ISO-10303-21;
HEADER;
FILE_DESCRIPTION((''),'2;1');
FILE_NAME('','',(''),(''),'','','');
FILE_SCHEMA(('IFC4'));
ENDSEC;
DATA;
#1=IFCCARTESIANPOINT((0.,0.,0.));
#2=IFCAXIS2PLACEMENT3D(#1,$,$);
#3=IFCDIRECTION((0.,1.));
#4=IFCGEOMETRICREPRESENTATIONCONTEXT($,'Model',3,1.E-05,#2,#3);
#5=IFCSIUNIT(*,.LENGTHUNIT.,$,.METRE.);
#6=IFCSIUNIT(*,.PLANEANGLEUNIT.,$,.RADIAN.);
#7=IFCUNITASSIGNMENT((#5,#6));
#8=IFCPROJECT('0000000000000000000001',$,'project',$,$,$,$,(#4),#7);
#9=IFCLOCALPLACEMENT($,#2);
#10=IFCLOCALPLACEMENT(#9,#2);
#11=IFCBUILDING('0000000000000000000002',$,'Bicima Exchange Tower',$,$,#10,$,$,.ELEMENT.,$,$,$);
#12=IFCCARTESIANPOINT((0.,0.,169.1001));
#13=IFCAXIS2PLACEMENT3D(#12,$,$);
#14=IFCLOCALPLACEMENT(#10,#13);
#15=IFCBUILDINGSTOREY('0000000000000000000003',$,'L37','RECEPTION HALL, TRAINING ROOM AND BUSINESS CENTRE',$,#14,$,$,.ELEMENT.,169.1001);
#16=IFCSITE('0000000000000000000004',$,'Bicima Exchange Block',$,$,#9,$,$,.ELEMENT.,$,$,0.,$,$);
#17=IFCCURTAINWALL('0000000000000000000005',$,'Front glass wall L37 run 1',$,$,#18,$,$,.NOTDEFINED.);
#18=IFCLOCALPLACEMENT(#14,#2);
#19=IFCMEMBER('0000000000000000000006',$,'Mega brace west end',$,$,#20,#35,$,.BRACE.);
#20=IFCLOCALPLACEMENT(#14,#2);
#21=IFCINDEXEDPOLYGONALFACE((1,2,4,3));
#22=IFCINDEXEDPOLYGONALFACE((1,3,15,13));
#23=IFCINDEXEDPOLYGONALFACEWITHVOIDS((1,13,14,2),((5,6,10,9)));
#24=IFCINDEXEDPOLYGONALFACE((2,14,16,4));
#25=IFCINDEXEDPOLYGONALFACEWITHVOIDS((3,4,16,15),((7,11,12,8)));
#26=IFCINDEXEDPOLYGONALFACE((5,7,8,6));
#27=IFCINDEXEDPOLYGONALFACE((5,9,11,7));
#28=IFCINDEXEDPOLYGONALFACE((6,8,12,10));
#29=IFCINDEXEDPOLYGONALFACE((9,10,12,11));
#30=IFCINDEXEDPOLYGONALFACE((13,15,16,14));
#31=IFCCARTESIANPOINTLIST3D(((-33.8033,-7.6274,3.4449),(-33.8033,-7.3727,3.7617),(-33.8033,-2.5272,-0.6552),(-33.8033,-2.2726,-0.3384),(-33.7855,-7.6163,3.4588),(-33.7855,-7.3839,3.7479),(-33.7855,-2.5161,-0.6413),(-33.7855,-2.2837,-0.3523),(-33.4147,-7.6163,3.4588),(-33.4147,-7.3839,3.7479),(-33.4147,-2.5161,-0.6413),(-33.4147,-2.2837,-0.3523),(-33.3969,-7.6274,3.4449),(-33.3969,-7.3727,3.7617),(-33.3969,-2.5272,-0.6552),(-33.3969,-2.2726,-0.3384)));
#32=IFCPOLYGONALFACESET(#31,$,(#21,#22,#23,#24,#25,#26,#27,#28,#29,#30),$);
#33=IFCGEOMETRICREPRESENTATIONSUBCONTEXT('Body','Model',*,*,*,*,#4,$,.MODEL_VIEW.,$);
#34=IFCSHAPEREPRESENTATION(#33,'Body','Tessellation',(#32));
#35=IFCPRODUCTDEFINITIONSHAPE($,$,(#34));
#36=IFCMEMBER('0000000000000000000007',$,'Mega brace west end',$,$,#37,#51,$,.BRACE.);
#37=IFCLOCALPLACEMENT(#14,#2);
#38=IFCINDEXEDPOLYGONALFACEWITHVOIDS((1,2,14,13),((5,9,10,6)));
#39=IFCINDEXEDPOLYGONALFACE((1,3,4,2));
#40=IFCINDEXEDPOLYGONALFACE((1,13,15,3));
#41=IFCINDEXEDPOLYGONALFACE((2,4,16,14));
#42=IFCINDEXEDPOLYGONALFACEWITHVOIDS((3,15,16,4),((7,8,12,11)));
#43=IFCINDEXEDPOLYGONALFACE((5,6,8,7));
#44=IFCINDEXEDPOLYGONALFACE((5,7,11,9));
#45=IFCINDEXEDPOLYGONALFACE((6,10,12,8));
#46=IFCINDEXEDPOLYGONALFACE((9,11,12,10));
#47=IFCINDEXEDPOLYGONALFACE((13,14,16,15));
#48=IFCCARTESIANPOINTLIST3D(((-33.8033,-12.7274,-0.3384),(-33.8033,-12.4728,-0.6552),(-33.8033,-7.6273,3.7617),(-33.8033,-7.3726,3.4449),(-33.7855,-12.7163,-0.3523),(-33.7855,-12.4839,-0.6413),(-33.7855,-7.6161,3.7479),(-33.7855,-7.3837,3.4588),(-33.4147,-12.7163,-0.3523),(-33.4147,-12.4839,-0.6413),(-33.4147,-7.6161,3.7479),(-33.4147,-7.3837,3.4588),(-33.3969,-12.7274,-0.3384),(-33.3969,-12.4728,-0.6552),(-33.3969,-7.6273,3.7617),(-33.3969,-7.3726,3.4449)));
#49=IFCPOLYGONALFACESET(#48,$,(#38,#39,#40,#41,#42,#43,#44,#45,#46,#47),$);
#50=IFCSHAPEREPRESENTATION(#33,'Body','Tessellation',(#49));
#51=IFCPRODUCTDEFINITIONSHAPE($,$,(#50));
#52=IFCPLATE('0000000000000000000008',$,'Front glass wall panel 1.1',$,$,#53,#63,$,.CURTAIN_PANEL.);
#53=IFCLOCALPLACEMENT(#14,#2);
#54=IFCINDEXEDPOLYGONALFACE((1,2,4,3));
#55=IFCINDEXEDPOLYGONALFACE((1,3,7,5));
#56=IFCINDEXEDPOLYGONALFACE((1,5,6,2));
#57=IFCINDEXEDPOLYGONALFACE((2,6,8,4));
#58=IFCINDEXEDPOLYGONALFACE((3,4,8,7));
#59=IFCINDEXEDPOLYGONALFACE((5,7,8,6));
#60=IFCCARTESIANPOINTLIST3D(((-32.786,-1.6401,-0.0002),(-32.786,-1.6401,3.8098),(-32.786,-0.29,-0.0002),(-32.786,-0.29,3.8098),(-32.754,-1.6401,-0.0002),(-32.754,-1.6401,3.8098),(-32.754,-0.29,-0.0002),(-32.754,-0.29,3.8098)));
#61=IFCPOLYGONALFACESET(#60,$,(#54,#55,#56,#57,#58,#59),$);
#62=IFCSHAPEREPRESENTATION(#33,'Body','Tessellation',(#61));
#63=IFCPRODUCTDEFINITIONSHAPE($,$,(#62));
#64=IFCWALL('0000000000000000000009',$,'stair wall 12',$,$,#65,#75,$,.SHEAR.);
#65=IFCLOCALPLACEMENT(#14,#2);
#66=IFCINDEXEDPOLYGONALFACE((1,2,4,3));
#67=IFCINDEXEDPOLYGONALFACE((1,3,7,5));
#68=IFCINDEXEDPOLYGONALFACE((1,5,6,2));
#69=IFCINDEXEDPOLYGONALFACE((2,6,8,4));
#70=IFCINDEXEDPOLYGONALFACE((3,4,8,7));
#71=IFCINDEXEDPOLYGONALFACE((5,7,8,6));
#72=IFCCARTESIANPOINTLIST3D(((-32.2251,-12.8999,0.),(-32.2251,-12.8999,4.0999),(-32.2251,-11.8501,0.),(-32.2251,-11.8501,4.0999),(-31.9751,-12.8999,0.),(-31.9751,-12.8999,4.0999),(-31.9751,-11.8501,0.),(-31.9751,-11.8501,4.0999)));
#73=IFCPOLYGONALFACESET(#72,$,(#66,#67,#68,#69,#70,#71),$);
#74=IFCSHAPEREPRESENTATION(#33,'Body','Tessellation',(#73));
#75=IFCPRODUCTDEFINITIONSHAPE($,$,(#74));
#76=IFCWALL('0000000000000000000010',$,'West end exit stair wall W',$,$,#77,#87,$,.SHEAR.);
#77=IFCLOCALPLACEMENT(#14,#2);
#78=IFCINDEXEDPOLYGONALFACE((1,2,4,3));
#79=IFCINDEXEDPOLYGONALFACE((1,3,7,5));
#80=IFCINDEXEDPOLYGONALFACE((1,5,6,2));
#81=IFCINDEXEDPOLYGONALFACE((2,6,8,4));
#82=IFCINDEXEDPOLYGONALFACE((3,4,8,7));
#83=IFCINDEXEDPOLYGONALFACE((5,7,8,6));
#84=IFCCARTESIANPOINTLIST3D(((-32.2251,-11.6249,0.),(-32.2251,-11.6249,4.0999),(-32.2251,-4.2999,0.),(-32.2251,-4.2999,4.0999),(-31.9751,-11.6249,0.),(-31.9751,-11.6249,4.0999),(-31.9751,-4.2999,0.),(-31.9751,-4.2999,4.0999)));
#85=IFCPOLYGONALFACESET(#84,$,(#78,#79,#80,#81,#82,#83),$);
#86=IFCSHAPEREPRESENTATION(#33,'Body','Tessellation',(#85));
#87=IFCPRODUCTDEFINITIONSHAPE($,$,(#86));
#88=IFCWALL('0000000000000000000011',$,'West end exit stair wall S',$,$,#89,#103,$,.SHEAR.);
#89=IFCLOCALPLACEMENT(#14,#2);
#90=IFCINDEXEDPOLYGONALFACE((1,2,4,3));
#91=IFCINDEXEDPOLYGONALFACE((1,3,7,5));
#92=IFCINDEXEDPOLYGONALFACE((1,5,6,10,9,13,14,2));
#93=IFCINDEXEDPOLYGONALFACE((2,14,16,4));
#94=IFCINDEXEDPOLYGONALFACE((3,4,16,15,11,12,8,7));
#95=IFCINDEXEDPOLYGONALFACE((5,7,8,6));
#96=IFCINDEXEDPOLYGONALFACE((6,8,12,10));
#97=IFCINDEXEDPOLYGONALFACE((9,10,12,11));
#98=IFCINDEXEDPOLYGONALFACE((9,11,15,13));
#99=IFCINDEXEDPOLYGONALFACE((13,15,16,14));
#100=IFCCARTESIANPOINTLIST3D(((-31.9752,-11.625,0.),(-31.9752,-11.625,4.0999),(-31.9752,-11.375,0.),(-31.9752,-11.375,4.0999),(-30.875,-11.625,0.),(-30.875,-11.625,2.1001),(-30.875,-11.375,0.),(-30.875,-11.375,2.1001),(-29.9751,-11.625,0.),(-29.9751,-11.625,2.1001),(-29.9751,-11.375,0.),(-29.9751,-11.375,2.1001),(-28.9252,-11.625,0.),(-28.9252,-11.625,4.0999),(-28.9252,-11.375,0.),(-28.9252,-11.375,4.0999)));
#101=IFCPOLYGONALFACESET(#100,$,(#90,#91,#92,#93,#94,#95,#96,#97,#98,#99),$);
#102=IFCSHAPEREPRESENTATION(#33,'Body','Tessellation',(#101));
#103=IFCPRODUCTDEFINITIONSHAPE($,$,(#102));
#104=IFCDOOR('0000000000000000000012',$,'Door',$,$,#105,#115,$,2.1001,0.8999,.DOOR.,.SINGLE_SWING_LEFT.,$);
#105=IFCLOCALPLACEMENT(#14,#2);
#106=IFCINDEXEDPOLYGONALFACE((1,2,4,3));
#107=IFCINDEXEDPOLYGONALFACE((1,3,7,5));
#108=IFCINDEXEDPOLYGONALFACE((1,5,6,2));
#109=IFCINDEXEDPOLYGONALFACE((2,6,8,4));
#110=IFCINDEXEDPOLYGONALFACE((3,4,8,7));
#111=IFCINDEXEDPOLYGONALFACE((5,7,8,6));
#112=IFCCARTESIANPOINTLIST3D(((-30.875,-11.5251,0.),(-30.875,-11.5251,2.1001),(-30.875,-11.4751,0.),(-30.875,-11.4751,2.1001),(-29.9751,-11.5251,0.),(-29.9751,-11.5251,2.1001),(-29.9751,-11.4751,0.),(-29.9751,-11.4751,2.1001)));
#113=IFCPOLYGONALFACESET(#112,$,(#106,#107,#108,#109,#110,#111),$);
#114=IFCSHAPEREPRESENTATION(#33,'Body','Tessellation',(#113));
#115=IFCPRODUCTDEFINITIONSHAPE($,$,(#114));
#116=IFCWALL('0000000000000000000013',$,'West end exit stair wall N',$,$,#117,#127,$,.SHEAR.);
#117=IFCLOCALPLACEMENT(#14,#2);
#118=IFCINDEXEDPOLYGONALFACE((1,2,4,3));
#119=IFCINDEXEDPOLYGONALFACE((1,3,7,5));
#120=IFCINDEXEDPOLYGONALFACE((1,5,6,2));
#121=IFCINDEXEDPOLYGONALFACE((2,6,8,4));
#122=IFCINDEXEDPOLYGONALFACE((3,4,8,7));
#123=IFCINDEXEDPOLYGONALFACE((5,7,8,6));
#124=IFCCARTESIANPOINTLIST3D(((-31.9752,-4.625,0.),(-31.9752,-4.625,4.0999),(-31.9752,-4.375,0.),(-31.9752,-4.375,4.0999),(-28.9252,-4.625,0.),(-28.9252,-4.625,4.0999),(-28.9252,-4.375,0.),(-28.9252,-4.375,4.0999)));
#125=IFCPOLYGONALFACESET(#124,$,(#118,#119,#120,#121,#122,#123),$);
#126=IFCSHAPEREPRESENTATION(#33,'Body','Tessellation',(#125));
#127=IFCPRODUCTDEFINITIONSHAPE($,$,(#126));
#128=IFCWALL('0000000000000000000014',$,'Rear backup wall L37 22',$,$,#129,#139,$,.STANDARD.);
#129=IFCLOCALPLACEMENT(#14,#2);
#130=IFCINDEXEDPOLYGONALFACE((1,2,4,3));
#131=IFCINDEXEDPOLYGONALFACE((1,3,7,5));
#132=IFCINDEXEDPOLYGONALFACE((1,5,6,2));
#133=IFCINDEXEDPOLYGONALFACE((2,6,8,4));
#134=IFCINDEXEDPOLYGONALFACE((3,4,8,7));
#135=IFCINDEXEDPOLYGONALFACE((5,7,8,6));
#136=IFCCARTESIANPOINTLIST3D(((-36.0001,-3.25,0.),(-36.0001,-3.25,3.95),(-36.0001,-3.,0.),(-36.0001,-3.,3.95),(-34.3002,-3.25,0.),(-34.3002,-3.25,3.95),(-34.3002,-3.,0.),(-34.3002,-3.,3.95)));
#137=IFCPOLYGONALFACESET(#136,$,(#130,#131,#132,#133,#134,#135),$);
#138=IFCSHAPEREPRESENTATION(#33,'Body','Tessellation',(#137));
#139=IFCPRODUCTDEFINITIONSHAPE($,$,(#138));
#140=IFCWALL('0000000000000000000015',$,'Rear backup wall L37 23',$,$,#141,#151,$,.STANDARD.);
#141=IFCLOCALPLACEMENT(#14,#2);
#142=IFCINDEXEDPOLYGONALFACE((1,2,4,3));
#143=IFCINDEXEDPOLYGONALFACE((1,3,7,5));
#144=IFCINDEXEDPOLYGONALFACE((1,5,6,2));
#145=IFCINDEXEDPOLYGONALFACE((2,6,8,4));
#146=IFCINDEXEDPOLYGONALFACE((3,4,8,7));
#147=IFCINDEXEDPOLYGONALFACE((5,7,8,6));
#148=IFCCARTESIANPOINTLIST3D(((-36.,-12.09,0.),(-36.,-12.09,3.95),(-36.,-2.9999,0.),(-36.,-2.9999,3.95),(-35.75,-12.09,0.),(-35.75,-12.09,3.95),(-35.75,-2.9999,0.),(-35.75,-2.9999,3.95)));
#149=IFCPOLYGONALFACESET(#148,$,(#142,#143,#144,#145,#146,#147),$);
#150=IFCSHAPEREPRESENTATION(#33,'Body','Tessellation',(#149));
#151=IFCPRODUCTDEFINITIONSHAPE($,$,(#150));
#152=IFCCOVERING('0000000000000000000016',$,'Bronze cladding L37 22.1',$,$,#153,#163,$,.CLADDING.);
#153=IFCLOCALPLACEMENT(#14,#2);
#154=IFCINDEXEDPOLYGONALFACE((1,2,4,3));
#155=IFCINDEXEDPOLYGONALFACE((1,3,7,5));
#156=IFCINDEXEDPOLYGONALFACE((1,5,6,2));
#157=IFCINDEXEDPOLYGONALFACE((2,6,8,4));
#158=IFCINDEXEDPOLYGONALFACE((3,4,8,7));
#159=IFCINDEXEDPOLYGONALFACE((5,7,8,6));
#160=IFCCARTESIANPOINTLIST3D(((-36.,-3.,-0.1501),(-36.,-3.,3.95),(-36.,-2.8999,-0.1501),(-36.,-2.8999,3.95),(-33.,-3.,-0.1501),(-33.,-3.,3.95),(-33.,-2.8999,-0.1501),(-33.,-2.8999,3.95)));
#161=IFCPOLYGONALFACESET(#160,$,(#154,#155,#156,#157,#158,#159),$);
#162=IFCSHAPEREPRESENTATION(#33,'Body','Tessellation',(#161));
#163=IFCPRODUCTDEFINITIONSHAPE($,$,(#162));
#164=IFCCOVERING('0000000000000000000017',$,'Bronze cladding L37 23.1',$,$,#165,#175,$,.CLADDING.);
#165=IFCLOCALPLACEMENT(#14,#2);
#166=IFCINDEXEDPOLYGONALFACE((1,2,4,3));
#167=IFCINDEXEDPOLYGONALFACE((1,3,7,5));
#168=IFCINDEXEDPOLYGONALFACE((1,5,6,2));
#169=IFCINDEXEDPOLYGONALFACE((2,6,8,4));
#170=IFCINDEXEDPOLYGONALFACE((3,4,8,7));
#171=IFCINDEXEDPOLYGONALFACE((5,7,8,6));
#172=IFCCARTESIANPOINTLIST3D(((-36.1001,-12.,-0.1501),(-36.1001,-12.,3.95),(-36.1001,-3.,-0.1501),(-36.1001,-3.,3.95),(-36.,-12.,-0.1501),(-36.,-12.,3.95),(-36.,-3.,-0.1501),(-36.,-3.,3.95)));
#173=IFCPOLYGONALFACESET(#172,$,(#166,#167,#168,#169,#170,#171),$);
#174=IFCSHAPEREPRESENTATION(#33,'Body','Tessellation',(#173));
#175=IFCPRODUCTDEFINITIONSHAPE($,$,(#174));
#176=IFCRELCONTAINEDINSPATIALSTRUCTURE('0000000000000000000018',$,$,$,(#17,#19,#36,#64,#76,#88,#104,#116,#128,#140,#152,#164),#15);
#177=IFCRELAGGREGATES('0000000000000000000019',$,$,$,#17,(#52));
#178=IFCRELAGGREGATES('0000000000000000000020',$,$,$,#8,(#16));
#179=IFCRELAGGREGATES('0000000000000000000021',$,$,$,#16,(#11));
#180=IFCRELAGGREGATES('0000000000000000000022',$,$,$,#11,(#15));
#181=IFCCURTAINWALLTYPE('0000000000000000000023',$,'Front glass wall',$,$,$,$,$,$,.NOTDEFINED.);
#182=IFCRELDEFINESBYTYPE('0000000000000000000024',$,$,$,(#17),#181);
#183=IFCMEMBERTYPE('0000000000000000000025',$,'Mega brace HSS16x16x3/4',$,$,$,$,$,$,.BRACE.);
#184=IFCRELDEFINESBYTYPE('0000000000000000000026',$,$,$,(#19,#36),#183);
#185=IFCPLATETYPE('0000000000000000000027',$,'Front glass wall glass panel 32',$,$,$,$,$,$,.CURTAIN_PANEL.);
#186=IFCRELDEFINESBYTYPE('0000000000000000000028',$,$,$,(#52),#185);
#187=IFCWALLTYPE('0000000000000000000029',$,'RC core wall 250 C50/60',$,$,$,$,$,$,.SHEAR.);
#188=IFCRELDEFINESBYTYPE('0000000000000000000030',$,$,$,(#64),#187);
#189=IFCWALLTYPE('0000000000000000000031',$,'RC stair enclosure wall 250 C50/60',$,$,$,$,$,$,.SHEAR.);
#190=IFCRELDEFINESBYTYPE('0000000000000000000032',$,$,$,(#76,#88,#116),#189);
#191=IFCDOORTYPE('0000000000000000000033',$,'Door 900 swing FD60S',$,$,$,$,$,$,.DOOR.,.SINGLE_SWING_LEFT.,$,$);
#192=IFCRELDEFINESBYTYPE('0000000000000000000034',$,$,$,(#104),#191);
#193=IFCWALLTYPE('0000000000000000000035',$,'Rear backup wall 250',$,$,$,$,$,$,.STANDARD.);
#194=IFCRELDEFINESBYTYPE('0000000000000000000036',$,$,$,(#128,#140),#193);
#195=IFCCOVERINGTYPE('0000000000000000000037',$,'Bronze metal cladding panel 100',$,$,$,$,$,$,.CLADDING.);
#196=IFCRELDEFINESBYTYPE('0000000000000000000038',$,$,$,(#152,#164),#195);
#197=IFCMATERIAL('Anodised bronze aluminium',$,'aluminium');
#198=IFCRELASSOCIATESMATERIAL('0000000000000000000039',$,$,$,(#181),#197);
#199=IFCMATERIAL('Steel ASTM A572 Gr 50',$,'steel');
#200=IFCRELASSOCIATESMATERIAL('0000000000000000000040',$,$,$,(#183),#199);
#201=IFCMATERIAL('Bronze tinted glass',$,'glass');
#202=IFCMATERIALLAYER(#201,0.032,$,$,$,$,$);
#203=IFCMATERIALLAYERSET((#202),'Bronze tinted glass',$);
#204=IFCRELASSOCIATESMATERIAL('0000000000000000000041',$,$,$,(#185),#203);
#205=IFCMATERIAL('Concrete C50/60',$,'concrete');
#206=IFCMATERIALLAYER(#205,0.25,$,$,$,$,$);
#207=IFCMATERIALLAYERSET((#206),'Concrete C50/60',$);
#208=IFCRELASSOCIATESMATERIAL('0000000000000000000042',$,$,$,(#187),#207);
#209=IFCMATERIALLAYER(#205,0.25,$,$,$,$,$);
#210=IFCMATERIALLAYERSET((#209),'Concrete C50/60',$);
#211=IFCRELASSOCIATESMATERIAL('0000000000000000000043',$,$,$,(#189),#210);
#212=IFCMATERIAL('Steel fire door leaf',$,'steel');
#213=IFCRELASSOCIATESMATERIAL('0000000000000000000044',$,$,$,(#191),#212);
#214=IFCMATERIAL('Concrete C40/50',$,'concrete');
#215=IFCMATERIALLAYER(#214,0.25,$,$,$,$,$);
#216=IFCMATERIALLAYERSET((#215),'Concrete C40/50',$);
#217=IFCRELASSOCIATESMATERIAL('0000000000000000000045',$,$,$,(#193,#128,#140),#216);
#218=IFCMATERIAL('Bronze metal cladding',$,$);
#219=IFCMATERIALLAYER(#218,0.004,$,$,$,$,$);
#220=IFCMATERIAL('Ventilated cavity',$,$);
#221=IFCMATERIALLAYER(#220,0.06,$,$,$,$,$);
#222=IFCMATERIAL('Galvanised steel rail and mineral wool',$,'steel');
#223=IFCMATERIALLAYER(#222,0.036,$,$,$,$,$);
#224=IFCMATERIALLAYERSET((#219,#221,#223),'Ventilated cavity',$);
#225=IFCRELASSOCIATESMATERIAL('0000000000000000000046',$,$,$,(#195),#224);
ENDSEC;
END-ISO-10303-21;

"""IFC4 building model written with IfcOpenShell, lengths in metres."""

from ifc_helpers import new_model, si_unit, direction, frame, frame_2d, origin, origin_2d, place, context, subcontext, project, spatial, rectangle, hollow_rectangle, extrude, material, layer, layer_set, layer_usage, material_profile, profile_set, type_object, element, fill, aggregate, save


model = new_model("IFC4")

# Units and contexts
model_context = context("Model", 3, precision=1e-05, world=origin(), true_north=direction((0.0, 1.0)))
body_context = subcontext(model_context, "Body", "Model", "MODEL_VIEW")
ifc_project = project(units=[si_unit("LENGTHUNIT", "METRE"), si_unit("PLANEANGLEUNIT", "RADIAN")], contexts=[model_context])

# Site, building, storey
site_placement = place(None, origin())
site = spatial("IfcSite", under=ifc_project, at=site_placement, Name="Bicima Exchange Block", CompositionType="ELEMENT", RefElevation=0.0)
building_placement = place(site_placement, origin())
building = spatial("IfcBuilding", under=site, at=building_placement, Name="Bicima Exchange Tower", CompositionType="ELEMENT")
storey_placement = place(building_placement, frame((0.0, 0.0, 169.1001)))
storey = spatial("IfcBuildingStorey", under=building, at=storey_placement, Name="L37", Description="RECEPTION HALL, TRAINING ROOM AND BUSINESS CENTRE", CompositionType="ELEMENT", Elevation=169.1001)

# Shared definitions
ifc_material_1 = material(Name="Steel ASTM A572 Gr 50", Category="steel")

# Shared definitions
ifc_material_2 = material(Name="Anodised bronze aluminium", Category="aluminium")

# Curtain wall
curtain_wall_type_1 = type_object("IfcCurtainWallType", Name="Front glass wall", PredefinedType="NOTDEFINED", material=ifc_material_2)
curtain_wall_1_placement = place(storey_placement, origin())
curtain_wall_1 = element("IfcCurtainWall", 1, at=curtain_wall_1_placement, inside=storey, type_object=curtain_wall_type_1, Name="Front glass wall L37 run 1", PredefinedType="NOTDEFINED")

# Members
ifc_material_profile_1 = material_profile(ifc_material_1, hollow_rectangle(XDim=0.4065, YDim=0.4065, WallThickness=0.0178, at=origin_2d()))
ifc_profile_set_1 = profile_set([ifc_material_profile_1], Name="Steel ASTM A572 Gr 50")
member_type_1 = type_object("IfcMemberType", Name="Mega brace HSS16x16x3/4", PredefinedType="BRACE", material=ifc_profile_set_1)
for number, where, z_axis, x_axis, name in (
    (2, (-33.6001, -2.3999, -0.4968), (0.0, -0.779374, 0.626559), (1.0, 0.0, 0.0), "Mega brace west end"),
    (3, (-33.6001, -12.6001, -0.4968), (0.0, 0.779374, 0.626559), (-1.0, 0.0, 0.0), "Mega brace west end"),
):
    element("IfcMember", number, at=place(storey_placement, frame(where, z_axis=z_axis, x_axis=x_axis)), inside=storey, type_object=member_type_1, Name=name, PredefinedType="BRACE", context=body_context, shape_type="SweptSolid", body=[
        extrude(hollow_rectangle(XDim=0.4065, YDim=0.4065, WallThickness=0.0178, at=origin_2d()), origin(), (0.0, 0.0, 1.0), 6.5439),
    ])

# Plate
ifc_material_3 = material(Name="Bronze tinted glass", Category="glass")
ifc_layer_1 = layer(ifc_material_3, 0.032)
ifc_layer_set_1 = layer_set([ifc_layer_1], Name="Bronze tinted glass")
plate_type = type_object("IfcPlateType", Name="Front glass wall glass panel 32", PredefinedType="CURTAIN_PANEL", material=ifc_layer_set_1)
plate_placement = place(storey_placement, frame((-32.77, -0.9651, -0.0002), z_axis=(0.0, 0.0, 1.0), x_axis=(0.0, -1.0, 0.0)))
plate = element("IfcPlate", 4, at=plate_placement, type_object=plate_type, Name="Front glass wall panel 1.1", PredefinedType="CURTAIN_PANEL", context=body_context, shape_type="SweptSolid", body=[
    extrude(rectangle(XDim=1.3501, YDim=0.032, at=origin_2d()), origin(), (0.0, 0.0, 1.0), 3.8101),
])
aggregate(curtain_wall_1, [plate])

# Walls
ifc_material_4 = material(Name="Concrete C50/60", Category="concrete")
ifc_layer_2 = layer(ifc_material_4, 0.25)
ifc_layer_set_2 = layer_set([ifc_layer_2], Name="Concrete C50/60")
wall_type_1 = type_object("IfcWallType", Name="RC core wall 250 C50/60", PredefinedType="SHEAR", material=ifc_layer_set_2)
wall_1_placement = place(storey_placement, frame((-32.1001, -12.8999, 0.0), z_axis=(0.0, 0.0, 1.0), x_axis=(0.0, 1.0, 0.0)))
element("IfcWall", 5, at=wall_1_placement, inside=storey, type_object=wall_type_1, Name="stair wall 12", PredefinedType="SHEAR", context=body_context, shape_type="SweptSolid", body=[
    extrude(rectangle(XDim=1.0498, YDim=0.25, at=frame_2d((0.5249, 0.0))), origin(), (0.0, 0.0, 1.0), 4.0999),
])
ifc_layer_3 = layer(ifc_material_4, 0.25)
ifc_layer_set_3 = layer_set([ifc_layer_3], Name="Concrete C50/60")
wall_type_2 = type_object("IfcWallType", Name="RC stair enclosure wall 250 C50/60", PredefinedType="SHEAR", material=ifc_layer_set_3)
wall_2_placement = place(storey_placement, frame((-32.1001, -11.625, 0.0), z_axis=(0.0, 0.0, 1.0), x_axis=(0.0, 1.0, 0.0)))
element("IfcWall", 6, at=wall_2_placement, inside=storey, type_object=wall_type_2, Name="West end exit stair wall W", PredefinedType="SHEAR", context=body_context, shape_type="SweptSolid", body=[
    extrude(rectangle(XDim=7.325, YDim=0.25, at=frame_2d((3.6626, 0.0))), origin(), (0.0, 0.0, 1.0), 4.0999),
])

# Wall, opening, door
wall_3_placement = place(storey_placement, frame((-31.9751, -11.5, 0.0), z_axis=(0.0, 0.0, 1.0), x_axis=(1.0, 0.0, 0.0)))
wall_3 = element("IfcWall", 7, at=wall_3_placement, inside=storey, type_object=wall_type_2, Name="West end exit stair wall S", PredefinedType="SHEAR", context=body_context, shape_type="SweptSolid", body=[
    extrude(rectangle(XDim=3.05, YDim=0.25, at=frame_2d((1.5249, 0.0))), origin(), (0.0, 0.0, 1.0), 4.0999),
])
opening_placement = place(wall_3_placement, frame((1.1001, 0.0, 0.0)))
opening = element("IfcOpeningElement", 8, at=opening_placement, cuts=wall_3, PredefinedType="OPENING", context=body_context, shape_type="SweptSolid", body=[
    extrude(rectangle(XDim=0.8999, YDim=2.1001, at=frame_2d((0.45, 1.05))), frame((0.0, 0.137, 0.0), z_axis=(0.0, -1.0, 0.0), x_axis=(1.0, 0.0, 0.0)), (0.0, 0.0, 1.0), 0.2739),
])
ifc_material_5 = material(Name="Steel fire door leaf", Category="steel")
door_type = type_object("IfcDoorType", Name="Door 900 swing FD60S", OperationType="SINGLE_SWING_LEFT", PredefinedType="DOOR", material=ifc_material_5)
door_placement = place(opening_placement, origin())
door = element("IfcDoor", 9, at=door_placement, inside=storey, type_object=door_type, Name="Door", OperationType="SINGLE_SWING_LEFT", OverallHeight=2.1001, OverallWidth=0.8999, PredefinedType="DOOR", context=body_context, shape_type="SweptSolid", body=[
    extrude(rectangle(XDim=0.8999, YDim=2.1001, at=frame_2d((0.45, 1.05))), frame((0.0, 0.0249, 0.0), z_axis=(0.0, -1.0, 0.0), x_axis=(1.0, 0.0, 0.0)), (0.0, 0.0, 1.0), 0.05),
])
fill(opening, door)

# Walls
wall_4_placement = place(storey_placement, frame((-31.9751, -4.5, 0.0), z_axis=(0.0, 0.0, 1.0), x_axis=(1.0, 0.0, 0.0)))
element("IfcWall", 10, at=wall_4_placement, inside=storey, type_object=wall_type_2, Name="West end exit stair wall N", PredefinedType="SHEAR", context=body_context, shape_type="SweptSolid", body=[
    extrude(rectangle(XDim=3.05, YDim=0.25, at=frame_2d((1.5249, 0.0))), origin(), (0.0, 0.0, 1.0), 4.0999),
])
ifc_material_6 = material(Name="Concrete C40/50", Category="concrete")
ifc_layer_4 = layer(ifc_material_6, 0.25)
ifc_layer_set_4 = layer_set([ifc_layer_4], Name="Concrete C40/50")
ifc_layer_usage = layer_usage(ifc_layer_set_4, "AXIS2", "POSITIVE", -0.125)
wall_type_3 = type_object("IfcWallType", Name="Rear backup wall 250", PredefinedType="STANDARD", material=ifc_layer_set_4)
wall_5_placement = place(storey_placement, frame((-34.3, -3.125, 0.0), z_axis=(0.0, 0.0, 1.0), x_axis=(-1.0, 0.0, 0.0)))
element("IfcWall", 11, at=wall_5_placement, inside=storey, type_object=wall_type_3, material=ifc_layer_usage, Name="Rear backup wall L37 22", PredefinedType="STANDARD", context=body_context, shape_type="SweptSolid", body=[
    extrude(rectangle(XDim=1.7, YDim=0.25, at=frame_2d((0.8501, 0.0))), origin(), (0.0, 0.0, 1.0), 3.95),
])
wall_6_placement = place(storey_placement, frame((-35.875, -3.0, 0.0), z_axis=(0.0, 0.0, 1.0), x_axis=(0.0, -1.0, 0.0)))
element("IfcWall", 12, at=wall_6_placement, inside=storey, type_object=wall_type_3, material=ifc_layer_usage, Name="Rear backup wall L37 23", PredefinedType="STANDARD", context=body_context, shape_type="SweptSolid", body=[
    extrude(rectangle(XDim=9.0901, YDim=0.25, at=frame_2d((4.5449, 0.0))), origin(), (0.0, 0.0, 1.0), 3.95),
])

# Coverings
ifc_material_7 = material(Name="Bronze metal cladding")
ifc_layer_5 = layer(ifc_material_7, 0.004)
ifc_material_8 = material(Name="Ventilated cavity")
ifc_layer_6 = layer(ifc_material_8, 0.06)
ifc_material_9 = material(Name="Galvanised steel rail and mineral wool", Category="steel")
ifc_layer_7 = layer(ifc_material_9, 0.036)
ifc_layer_set_5 = layer_set([ifc_layer_5, ifc_layer_6, ifc_layer_7], Name="Ventilated cavity")
covering_type = type_object("IfcCoveringType", Name="Bronze metal cladding panel 100", PredefinedType="CLADDING", material=ifc_layer_set_5)
covering_1_placement = place(storey_placement, frame((-34.5, -2.95, -0.1501), z_axis=(0.0, 0.0, 1.0), x_axis=(-1.0, 0.0, 0.0)))
element("IfcCovering", 13, at=covering_1_placement, inside=storey, type_object=covering_type, Name="Bronze cladding L37 22.1", PredefinedType="CLADDING", context=body_context, shape_type="SweptSolid", body=[
    extrude(rectangle(XDim=3.0, YDim=0.1001, at=origin_2d()), origin(), (0.0, 0.0, 1.0), 4.1001),
])
covering_2_placement = place(storey_placement, frame((-36.05, -7.5, -0.1501), z_axis=(0.0, 0.0, 1.0), x_axis=(0.0, -1.0, 0.0)))
element("IfcCovering", 14, at=covering_2_placement, inside=storey, type_object=covering_type, Name="Bronze cladding L37 23.1", PredefinedType="CLADDING", context=body_context, shape_type="SweptSolid", body=[
    extrude(rectangle(XDim=9.0, YDim=0.1001, at=origin_2d()), origin(), (0.0, 0.0, 1.0), 4.1001),
])

save(model, "model.ifc")
